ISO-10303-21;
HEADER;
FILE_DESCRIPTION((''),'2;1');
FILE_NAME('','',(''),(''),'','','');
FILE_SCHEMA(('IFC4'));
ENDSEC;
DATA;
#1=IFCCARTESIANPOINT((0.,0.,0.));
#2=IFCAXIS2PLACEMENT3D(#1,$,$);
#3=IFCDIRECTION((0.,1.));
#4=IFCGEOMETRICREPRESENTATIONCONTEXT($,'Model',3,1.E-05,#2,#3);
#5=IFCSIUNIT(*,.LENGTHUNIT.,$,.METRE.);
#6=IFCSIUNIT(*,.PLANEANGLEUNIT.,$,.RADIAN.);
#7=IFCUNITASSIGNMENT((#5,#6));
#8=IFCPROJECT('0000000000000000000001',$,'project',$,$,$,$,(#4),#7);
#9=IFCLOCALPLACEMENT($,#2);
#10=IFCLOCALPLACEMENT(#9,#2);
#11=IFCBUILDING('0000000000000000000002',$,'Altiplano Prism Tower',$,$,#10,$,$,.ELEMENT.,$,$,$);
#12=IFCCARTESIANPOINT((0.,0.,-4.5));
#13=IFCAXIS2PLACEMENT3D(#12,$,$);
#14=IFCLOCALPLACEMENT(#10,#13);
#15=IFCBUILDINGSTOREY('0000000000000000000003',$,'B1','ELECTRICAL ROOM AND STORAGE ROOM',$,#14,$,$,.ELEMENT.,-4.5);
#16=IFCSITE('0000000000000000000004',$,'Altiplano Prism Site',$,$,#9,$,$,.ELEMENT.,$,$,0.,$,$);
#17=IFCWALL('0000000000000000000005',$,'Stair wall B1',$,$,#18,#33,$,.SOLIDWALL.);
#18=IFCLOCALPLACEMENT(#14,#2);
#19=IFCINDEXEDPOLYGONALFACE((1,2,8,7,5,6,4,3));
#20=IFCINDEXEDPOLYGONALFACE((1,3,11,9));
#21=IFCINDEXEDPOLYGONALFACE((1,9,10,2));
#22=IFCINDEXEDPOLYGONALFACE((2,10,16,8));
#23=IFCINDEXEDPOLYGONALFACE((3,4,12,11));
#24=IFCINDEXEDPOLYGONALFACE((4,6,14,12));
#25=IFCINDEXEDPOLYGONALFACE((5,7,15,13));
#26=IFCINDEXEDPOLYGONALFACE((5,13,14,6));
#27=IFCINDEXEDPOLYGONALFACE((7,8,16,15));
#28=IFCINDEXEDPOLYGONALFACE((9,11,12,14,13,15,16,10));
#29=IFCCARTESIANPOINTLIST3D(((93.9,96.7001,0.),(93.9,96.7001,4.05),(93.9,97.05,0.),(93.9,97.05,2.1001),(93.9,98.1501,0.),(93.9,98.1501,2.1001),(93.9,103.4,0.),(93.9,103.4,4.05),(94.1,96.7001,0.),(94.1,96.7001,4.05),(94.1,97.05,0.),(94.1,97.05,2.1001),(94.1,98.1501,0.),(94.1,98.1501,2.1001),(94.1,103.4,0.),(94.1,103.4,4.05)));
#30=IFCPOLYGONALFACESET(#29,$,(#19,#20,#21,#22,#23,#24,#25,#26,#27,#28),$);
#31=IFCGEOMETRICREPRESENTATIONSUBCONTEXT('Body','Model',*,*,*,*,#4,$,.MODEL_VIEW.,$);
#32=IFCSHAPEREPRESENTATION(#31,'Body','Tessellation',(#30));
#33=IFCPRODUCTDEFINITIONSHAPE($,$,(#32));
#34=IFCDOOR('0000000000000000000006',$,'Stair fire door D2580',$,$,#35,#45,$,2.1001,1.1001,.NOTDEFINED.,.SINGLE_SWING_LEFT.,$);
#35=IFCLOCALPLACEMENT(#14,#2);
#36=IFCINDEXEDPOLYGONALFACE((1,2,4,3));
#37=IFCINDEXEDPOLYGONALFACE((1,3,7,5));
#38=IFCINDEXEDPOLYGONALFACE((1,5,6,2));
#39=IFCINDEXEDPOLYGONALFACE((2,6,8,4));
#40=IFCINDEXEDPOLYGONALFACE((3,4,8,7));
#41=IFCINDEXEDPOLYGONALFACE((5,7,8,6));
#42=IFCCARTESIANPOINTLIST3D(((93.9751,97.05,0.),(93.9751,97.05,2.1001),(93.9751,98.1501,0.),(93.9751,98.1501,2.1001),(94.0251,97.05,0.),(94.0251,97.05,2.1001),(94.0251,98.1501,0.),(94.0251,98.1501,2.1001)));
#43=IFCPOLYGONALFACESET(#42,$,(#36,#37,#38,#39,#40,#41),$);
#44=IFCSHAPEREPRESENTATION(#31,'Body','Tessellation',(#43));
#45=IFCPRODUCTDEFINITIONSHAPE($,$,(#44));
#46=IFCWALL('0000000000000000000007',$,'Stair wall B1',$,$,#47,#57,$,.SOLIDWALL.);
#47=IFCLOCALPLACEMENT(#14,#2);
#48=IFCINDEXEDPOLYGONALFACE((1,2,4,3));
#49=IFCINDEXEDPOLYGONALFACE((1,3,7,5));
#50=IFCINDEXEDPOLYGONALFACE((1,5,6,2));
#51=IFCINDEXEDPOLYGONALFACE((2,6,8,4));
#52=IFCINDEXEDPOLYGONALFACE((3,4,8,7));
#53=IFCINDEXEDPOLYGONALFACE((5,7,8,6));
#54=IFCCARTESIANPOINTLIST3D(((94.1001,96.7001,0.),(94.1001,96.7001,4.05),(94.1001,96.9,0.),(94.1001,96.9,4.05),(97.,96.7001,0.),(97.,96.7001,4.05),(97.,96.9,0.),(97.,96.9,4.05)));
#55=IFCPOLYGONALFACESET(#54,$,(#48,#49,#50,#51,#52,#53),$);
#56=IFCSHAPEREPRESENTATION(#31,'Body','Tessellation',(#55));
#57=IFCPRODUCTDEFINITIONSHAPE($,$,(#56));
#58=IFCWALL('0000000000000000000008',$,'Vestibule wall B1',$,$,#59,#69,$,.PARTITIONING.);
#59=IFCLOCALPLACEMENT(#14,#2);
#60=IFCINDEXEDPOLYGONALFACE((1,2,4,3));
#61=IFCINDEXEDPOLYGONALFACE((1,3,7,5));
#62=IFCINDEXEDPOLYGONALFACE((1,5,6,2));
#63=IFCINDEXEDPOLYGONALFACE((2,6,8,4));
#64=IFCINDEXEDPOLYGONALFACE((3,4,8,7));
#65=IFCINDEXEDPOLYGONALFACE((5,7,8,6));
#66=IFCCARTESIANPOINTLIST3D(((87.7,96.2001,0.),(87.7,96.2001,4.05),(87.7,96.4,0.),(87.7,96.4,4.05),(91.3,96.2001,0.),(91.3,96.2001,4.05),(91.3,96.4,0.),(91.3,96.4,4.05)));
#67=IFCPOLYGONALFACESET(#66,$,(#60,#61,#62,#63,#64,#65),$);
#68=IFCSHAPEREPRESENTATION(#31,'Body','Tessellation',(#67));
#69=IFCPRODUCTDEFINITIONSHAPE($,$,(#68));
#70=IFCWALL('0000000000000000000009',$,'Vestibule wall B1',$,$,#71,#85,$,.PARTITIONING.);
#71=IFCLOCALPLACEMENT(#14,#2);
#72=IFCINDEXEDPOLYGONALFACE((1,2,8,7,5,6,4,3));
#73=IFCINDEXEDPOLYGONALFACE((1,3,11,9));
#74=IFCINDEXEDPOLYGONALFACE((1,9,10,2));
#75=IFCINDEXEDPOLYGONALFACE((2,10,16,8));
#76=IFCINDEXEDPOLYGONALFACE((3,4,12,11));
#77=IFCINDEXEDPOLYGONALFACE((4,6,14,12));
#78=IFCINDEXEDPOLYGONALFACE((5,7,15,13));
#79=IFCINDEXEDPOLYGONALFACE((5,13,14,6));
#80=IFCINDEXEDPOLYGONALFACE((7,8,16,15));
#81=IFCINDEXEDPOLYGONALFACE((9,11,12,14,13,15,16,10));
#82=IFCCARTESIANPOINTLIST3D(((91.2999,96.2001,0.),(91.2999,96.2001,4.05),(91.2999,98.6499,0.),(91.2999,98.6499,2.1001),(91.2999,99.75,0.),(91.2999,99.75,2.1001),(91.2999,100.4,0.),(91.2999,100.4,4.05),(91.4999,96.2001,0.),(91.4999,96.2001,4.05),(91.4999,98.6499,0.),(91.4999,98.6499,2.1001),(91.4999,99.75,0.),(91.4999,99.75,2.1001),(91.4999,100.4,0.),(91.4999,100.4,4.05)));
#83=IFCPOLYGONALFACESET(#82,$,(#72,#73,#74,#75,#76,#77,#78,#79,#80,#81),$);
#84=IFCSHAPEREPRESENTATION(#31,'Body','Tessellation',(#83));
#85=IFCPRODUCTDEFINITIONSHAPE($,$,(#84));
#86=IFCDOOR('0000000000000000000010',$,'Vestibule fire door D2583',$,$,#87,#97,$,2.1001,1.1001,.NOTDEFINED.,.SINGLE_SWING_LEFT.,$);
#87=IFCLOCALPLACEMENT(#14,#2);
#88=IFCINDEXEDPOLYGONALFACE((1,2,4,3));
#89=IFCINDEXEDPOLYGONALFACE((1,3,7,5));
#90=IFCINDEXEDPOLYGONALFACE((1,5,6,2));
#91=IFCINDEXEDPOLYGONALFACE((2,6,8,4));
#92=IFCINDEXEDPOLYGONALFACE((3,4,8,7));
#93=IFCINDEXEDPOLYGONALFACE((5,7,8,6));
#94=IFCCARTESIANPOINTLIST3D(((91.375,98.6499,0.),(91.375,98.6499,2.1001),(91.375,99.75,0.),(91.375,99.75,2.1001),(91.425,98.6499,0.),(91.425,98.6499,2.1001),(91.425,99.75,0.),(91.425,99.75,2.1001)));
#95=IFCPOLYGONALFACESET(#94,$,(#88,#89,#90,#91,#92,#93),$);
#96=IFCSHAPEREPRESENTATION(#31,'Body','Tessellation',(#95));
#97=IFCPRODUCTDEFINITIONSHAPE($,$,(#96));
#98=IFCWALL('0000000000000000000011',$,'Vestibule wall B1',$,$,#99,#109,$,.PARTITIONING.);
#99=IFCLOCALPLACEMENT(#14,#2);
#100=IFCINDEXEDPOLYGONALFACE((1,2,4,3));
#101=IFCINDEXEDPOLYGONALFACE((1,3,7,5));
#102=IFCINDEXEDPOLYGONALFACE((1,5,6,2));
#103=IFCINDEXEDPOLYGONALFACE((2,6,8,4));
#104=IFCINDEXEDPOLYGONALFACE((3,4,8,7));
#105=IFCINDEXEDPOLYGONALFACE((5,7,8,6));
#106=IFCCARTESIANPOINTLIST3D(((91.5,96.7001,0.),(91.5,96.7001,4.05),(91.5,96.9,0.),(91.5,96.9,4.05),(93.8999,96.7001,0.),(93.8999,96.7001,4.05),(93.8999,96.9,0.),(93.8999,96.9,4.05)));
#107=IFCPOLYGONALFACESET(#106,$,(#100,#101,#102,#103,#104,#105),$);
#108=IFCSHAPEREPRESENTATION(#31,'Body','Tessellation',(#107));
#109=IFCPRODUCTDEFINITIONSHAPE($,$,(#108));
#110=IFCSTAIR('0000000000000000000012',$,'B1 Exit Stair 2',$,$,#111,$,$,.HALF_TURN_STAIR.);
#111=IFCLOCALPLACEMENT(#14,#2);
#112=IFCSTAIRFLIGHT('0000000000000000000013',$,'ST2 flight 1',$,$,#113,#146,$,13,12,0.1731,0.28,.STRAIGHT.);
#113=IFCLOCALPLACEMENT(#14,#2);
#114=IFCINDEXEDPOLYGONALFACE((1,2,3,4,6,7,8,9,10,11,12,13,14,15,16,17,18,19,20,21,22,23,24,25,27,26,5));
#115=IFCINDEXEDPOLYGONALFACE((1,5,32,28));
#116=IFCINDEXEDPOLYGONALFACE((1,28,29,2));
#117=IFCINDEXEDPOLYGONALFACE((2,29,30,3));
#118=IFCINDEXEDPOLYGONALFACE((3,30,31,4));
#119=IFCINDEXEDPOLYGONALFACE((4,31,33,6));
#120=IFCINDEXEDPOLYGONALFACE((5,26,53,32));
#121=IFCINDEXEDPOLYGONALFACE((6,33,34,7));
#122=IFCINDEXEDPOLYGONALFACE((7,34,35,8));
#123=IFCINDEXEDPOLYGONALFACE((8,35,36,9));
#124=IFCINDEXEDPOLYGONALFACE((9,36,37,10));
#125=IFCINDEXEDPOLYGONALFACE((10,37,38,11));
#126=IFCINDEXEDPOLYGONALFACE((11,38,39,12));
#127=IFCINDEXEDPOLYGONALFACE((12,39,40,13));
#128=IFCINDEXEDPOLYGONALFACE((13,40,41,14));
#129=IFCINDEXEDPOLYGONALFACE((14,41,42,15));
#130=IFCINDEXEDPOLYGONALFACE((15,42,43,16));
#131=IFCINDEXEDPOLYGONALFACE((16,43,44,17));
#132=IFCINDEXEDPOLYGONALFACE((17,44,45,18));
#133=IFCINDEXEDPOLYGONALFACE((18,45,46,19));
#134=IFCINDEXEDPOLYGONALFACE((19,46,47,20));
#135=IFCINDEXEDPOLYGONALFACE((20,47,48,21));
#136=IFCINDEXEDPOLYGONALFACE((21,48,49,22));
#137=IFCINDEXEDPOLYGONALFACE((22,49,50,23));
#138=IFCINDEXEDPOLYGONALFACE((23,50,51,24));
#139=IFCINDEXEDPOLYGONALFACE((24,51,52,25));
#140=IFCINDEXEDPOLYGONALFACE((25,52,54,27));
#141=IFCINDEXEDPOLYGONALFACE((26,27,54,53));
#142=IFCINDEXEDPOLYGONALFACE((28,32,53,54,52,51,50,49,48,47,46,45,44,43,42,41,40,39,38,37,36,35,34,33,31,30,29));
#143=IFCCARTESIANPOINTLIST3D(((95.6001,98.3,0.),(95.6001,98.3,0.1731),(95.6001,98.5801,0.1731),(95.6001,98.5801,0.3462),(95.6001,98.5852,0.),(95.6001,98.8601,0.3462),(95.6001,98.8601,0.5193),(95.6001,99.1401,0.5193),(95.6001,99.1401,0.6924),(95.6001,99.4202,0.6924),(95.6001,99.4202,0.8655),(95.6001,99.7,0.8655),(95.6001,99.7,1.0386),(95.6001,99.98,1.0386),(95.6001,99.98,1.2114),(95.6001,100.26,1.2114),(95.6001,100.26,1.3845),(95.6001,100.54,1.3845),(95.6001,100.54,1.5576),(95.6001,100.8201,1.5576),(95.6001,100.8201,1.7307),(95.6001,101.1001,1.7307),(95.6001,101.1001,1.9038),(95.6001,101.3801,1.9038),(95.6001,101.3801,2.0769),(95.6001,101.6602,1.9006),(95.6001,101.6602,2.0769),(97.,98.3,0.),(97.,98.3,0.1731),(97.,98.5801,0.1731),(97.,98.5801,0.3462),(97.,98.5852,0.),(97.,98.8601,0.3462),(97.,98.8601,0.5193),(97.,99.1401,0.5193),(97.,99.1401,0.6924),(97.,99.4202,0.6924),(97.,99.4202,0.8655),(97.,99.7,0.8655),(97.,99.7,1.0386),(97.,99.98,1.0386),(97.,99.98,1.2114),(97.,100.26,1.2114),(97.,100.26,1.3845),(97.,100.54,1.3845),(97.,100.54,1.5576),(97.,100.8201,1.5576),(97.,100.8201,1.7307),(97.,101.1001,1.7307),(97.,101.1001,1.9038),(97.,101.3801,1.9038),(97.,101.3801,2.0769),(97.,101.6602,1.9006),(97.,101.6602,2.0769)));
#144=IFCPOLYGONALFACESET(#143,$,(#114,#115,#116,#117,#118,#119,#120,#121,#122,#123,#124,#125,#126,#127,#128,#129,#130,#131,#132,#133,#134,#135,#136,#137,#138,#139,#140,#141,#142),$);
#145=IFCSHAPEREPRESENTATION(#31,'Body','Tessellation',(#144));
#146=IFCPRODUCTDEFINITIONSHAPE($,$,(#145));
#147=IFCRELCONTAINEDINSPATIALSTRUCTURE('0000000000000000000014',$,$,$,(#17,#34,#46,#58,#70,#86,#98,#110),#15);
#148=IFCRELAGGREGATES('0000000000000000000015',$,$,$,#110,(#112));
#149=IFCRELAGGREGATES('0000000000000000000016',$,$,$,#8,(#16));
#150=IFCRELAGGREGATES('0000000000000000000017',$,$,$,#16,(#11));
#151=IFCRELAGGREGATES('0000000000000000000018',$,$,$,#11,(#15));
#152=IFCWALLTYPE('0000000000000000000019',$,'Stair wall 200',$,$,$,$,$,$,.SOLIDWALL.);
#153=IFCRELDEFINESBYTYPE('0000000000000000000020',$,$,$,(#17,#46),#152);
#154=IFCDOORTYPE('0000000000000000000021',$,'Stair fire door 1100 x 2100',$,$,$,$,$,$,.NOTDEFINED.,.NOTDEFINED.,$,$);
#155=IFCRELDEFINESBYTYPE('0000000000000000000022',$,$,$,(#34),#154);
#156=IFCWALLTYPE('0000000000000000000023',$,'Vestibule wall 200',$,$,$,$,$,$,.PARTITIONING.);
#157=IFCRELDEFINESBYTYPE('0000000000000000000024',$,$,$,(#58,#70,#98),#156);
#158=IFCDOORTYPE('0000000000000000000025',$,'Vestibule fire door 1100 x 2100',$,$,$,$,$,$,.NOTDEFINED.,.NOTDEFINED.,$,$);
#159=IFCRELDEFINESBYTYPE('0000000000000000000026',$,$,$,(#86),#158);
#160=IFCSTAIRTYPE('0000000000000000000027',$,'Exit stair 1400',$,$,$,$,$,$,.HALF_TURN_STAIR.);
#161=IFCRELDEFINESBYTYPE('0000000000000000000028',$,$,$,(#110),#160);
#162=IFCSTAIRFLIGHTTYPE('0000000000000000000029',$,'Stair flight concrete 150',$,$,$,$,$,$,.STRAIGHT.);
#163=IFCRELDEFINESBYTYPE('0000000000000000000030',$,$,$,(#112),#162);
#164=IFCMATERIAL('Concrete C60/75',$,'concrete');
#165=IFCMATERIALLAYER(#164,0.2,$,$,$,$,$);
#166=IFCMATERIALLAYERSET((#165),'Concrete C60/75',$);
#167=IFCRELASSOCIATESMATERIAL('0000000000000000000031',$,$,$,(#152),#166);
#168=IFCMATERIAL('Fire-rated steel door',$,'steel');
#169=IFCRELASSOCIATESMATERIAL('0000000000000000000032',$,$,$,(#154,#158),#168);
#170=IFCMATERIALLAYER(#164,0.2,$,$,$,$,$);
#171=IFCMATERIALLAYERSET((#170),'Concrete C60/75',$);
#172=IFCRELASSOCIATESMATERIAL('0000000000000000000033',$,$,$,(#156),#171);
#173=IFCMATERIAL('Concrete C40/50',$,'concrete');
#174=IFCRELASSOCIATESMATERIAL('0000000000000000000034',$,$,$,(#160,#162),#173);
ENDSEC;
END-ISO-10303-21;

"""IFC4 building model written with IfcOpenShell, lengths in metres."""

from ifc_helpers import new_model, si_unit, direction, frame, frame_2d, origin, place, context, subcontext, project, spatial, polyline, rectangle, outline, extrude, material, layer, layer_set, type_object, element, fill, aggregate, save


model = new_model("IFC4")

# Units and contexts
model_context = context("Model", 3, precision=1e-05, world=origin(), true_north=direction((0.0, 1.0)))
body_context = subcontext(model_context, "Body", "Model", "MODEL_VIEW")
ifc_project = project(units=[si_unit("LENGTHUNIT", "METRE"), si_unit("PLANEANGLEUNIT", "RADIAN")], contexts=[model_context])

# Site, building, storey
site_placement = place(None, origin())
site = spatial("IfcSite", under=ifc_project, at=site_placement, Name="Altiplano Prism Site", CompositionType="ELEMENT", RefElevation=0.0)
building_placement = place(site_placement, origin())
building = spatial("IfcBuilding", under=site, at=building_placement, Name="Altiplano Prism Tower", CompositionType="ELEMENT")
storey_placement = place(building_placement, frame((0.0, 0.0, -4.5)))
storey = spatial("IfcBuildingStorey", under=building, at=storey_placement, Name="B1", Description="ELECTRICAL ROOM AND STORAGE ROOM", CompositionType="ELEMENT", Elevation=-4.5)

# Shared definitions
ifc_material_1 = material(Name="Concrete C60/75", Category="concrete")

# Shared definitions
ifc_material_2 = material(Name="Concrete C40/50", Category="concrete")

# Wall, opening, door
ifc_layer_1 = layer(ifc_material_1, 0.2)
ifc_layer_set_1 = layer_set([ifc_layer_1], Name="Concrete C60/75")
wall_type_1 = type_object("IfcWallType", Name="Stair wall 200", PredefinedType="SOLIDWALL", material=ifc_layer_set_1)
wall_1_placement = place(storey_placement, frame((94.0, 96.7, 0.0), z_axis=(0.0, 0.0, 1.0), x_axis=(0.0, 1.0, 0.0)))
wall_1 = element("IfcWall", 1, at=wall_1_placement, inside=storey, type_object=wall_type_1, Name="Stair wall B1", PredefinedType="SOLIDWALL", context=body_context, shape_type="SweptSolid", body=[
    extrude(rectangle(XDim=6.7, YDim=0.2, at=frame_2d((3.3501, 0.0))), origin(), (0.0, 0.0, 1.0), 4.05),
])
opening_1_placement = place(wall_1_placement, frame((0.3501, 0.0, 0.0)))
opening_1 = element("IfcOpeningElement", 2, at=opening_1_placement, cuts=wall_1, PredefinedType="OPENING", context=body_context, shape_type="SweptSolid", body=[
    extrude(rectangle(XDim=1.1001, YDim=2.1001, at=frame_2d((0.55, 1.05))), frame((0.0, 0.1104, 0.0), z_axis=(0.0, -1.0, 0.0), x_axis=(1.0, 0.0, 0.0)), (0.0, 0.0, 1.0), 0.2209),
])
ifc_material_3 = material(Name="Fire-rated steel door", Category="steel")
door_type_1 = type_object("IfcDoorType", Name="Stair fire door 1100 x 2100", OperationType="NOTDEFINED", PredefinedType="NOTDEFINED", material=ifc_material_3)
door_1_placement = place(opening_1_placement, origin())
door_1 = element("IfcDoor", 3, at=door_1_placement, inside=storey, type_object=door_type_1, Name="Stair fire door D2580", OperationType="SINGLE_SWING_LEFT", OverallHeight=2.1001, OverallWidth=1.1001, PredefinedType="NOTDEFINED", context=body_context, shape_type="SweptSolid", body=[
    extrude(rectangle(XDim=1.1001, YDim=2.1001, at=frame_2d((0.55, 1.05))), frame((0.0, 0.0249, 0.0), z_axis=(0.0, -1.0, 0.0), x_axis=(1.0, 0.0, 0.0)), (0.0, 0.0, 1.0), 0.05),
])
fill(opening_1, door_1)

# Walls
wall_2_placement = place(storey_placement, frame((94.1001, 96.8, 0.0), z_axis=(0.0, 0.0, 1.0), x_axis=(1.0, 0.0, 0.0)))
element("IfcWall", 4, at=wall_2_placement, inside=storey, type_object=wall_type_1, Name="Stair wall B1", PredefinedType="SOLIDWALL", context=body_context, shape_type="SweptSolid", body=[
    extrude(rectangle(XDim=2.8999, YDim=0.2, at=frame_2d((1.45, 0.0))), origin(), (0.0, 0.0, 1.0), 4.05),
])
ifc_layer_2 = layer(ifc_material_1, 0.2)
ifc_layer_set_2 = layer_set([ifc_layer_2], Name="Concrete C60/75")
wall_type_2 = type_object("IfcWallType", Name="Vestibule wall 200", PredefinedType="PARTITIONING", material=ifc_layer_set_2)
wall_3_placement = place(storey_placement, frame((87.7, 96.3, 0.0), z_axis=(0.0, 0.0, 1.0), x_axis=(1.0, 0.0, 0.0)))
element("IfcWall", 5, at=wall_3_placement, inside=storey, type_object=wall_type_2, Name="Vestibule wall B1", PredefinedType="PARTITIONING", context=body_context, shape_type="SweptSolid", body=[
    extrude(rectangle(XDim=3.6001, YDim=0.2, at=frame_2d((1.8, 0.0))), origin(), (0.0, 0.0, 1.0), 4.05),
])

# Wall, opening, door
wall_4_placement = place(storey_placement, frame((91.3999, 96.2, 0.0), z_axis=(0.0, 0.0, 1.0), x_axis=(0.0, 1.0, 0.0)))
wall_4 = element("IfcWall", 6, at=wall_4_placement, inside=storey, type_object=wall_type_2, Name="Vestibule wall B1", PredefinedType="PARTITIONING", context=body_context, shape_type="SweptSolid", body=[
    extrude(rectangle(XDim=4.2, YDim=0.2, at=frame_2d((2.1001, 0.0))), origin(), (0.0, 0.0, 1.0), 4.05),
])
opening_2_placement = place(wall_4_placement, frame((2.45, 0.0, 0.0)))
opening_2 = element("IfcOpeningElement", 7, at=opening_2_placement, cuts=wall_4, PredefinedType="OPENING", context=body_context, shape_type="SweptSolid", body=[
    extrude(rectangle(XDim=1.1001, YDim=2.1001, at=frame_2d((0.55, 1.05))), frame((0.0, 0.1104, 0.0), z_axis=(0.0, -1.0, 0.0), x_axis=(1.0, 0.0, 0.0)), (0.0, 0.0, 1.0), 0.2209),
])
door_type_2 = type_object("IfcDoorType", Name="Vestibule fire door 1100 x 2100", OperationType="NOTDEFINED", PredefinedType="NOTDEFINED", material=ifc_material_3)
door_2_placement = place(opening_2_placement, origin())
door_2 = element("IfcDoor", 8, at=door_2_placement, inside=storey, type_object=door_type_2, Name="Vestibule fire door D2583", OperationType="SINGLE_SWING_LEFT", OverallHeight=2.1001, OverallWidth=1.1001, PredefinedType="NOTDEFINED", context=body_context, shape_type="SweptSolid", body=[
    extrude(rectangle(XDim=1.1001, YDim=2.1001, at=frame_2d((0.55, 1.05))), frame((0.0, 0.0249, 0.0), z_axis=(0.0, -1.0, 0.0), x_axis=(1.0, 0.0, 0.0)), (0.0, 0.0, 1.0), 0.05),
])
fill(opening_2, door_2)

# Wall
wall_5_placement = place(storey_placement, frame((91.5, 96.8, 0.0), z_axis=(0.0, 0.0, 1.0), x_axis=(1.0, 0.0, 0.0)))
element("IfcWall", 9, at=wall_5_placement, inside=storey, type_object=wall_type_2, Name="Vestibule wall B1", PredefinedType="PARTITIONING", context=body_context, shape_type="SweptSolid", body=[
    extrude(rectangle(XDim=2.3999, YDim=0.2, at=frame_2d((1.2, 0.0))), origin(), (0.0, 0.0, 1.0), 4.05),
])

# Stair, stair flight
stair_type = type_object("IfcStairType", Name="Exit stair 1400", PredefinedType="HALF_TURN_STAIR", material=ifc_material_2)
stair_placement = place(storey_placement, origin())
stair = element("IfcStair", 10, at=stair_placement, inside=storey, type_object=stair_type, Name="B1 Exit Stair 2", PredefinedType="HALF_TURN_STAIR")
stair_flight_type = type_object("IfcStairFlightType", Name="Stair flight concrete 150", PredefinedType="STRAIGHT", material=ifc_material_2)
stair_flight_1_placement = place(storey_placement, frame((96.3, 98.3, 0.0), z_axis=(0.0, 0.0, 1.0), x_axis=(0.0, 1.0, 0.0)))
stair_flight_1 = element("IfcStairFlight", 11, at=stair_flight_1_placement, type_object=stair_flight_type, Name="ST2 flight 1", NumberOfRisers=13, NumberOfTreads=12, PredefinedType="STRAIGHT", RiserHeight=0.1731, TreadLength=0.28, context=body_context, shape_type="SweptSolid", body=[
    extrude(outline(polyline([(0.0, 0.0), (0.0, 0.1731), (0.28, 0.1731), (0.28, 0.3462), (0.5601, 0.3462), (0.5601, 0.5193), (0.8401, 0.5193), (0.8401, 0.6924), (1.1201, 0.6924), (1.1201, 0.8655), (1.3999, 0.8655), (1.3999, 1.0386), (1.6799, 1.0386), (1.6799, 1.2114), (1.96, 1.2114), (1.96, 1.3845), (2.24, 1.3845), (2.24, 1.5576), (2.52, 1.5576), (2.52, 1.7307), (2.8, 1.7307), (2.8, 1.9038), (3.0801, 1.9038), (3.0801, 2.0769), (3.3601, 2.0769), (3.3601, 2.25), (3.3601, 1.9006), (0.2852, 0.0), (0.0, 0.0)])), frame((0.0, 0.7, 0.0), z_axis=(0.0, -1.0, 0.0), x_axis=(1.0, 0.0, 0.0)), (0.0, 0.0, 1.0), 1.3999),
])
aggregate(stair, [stair_flight_1])

save(model, "model.ifc")
